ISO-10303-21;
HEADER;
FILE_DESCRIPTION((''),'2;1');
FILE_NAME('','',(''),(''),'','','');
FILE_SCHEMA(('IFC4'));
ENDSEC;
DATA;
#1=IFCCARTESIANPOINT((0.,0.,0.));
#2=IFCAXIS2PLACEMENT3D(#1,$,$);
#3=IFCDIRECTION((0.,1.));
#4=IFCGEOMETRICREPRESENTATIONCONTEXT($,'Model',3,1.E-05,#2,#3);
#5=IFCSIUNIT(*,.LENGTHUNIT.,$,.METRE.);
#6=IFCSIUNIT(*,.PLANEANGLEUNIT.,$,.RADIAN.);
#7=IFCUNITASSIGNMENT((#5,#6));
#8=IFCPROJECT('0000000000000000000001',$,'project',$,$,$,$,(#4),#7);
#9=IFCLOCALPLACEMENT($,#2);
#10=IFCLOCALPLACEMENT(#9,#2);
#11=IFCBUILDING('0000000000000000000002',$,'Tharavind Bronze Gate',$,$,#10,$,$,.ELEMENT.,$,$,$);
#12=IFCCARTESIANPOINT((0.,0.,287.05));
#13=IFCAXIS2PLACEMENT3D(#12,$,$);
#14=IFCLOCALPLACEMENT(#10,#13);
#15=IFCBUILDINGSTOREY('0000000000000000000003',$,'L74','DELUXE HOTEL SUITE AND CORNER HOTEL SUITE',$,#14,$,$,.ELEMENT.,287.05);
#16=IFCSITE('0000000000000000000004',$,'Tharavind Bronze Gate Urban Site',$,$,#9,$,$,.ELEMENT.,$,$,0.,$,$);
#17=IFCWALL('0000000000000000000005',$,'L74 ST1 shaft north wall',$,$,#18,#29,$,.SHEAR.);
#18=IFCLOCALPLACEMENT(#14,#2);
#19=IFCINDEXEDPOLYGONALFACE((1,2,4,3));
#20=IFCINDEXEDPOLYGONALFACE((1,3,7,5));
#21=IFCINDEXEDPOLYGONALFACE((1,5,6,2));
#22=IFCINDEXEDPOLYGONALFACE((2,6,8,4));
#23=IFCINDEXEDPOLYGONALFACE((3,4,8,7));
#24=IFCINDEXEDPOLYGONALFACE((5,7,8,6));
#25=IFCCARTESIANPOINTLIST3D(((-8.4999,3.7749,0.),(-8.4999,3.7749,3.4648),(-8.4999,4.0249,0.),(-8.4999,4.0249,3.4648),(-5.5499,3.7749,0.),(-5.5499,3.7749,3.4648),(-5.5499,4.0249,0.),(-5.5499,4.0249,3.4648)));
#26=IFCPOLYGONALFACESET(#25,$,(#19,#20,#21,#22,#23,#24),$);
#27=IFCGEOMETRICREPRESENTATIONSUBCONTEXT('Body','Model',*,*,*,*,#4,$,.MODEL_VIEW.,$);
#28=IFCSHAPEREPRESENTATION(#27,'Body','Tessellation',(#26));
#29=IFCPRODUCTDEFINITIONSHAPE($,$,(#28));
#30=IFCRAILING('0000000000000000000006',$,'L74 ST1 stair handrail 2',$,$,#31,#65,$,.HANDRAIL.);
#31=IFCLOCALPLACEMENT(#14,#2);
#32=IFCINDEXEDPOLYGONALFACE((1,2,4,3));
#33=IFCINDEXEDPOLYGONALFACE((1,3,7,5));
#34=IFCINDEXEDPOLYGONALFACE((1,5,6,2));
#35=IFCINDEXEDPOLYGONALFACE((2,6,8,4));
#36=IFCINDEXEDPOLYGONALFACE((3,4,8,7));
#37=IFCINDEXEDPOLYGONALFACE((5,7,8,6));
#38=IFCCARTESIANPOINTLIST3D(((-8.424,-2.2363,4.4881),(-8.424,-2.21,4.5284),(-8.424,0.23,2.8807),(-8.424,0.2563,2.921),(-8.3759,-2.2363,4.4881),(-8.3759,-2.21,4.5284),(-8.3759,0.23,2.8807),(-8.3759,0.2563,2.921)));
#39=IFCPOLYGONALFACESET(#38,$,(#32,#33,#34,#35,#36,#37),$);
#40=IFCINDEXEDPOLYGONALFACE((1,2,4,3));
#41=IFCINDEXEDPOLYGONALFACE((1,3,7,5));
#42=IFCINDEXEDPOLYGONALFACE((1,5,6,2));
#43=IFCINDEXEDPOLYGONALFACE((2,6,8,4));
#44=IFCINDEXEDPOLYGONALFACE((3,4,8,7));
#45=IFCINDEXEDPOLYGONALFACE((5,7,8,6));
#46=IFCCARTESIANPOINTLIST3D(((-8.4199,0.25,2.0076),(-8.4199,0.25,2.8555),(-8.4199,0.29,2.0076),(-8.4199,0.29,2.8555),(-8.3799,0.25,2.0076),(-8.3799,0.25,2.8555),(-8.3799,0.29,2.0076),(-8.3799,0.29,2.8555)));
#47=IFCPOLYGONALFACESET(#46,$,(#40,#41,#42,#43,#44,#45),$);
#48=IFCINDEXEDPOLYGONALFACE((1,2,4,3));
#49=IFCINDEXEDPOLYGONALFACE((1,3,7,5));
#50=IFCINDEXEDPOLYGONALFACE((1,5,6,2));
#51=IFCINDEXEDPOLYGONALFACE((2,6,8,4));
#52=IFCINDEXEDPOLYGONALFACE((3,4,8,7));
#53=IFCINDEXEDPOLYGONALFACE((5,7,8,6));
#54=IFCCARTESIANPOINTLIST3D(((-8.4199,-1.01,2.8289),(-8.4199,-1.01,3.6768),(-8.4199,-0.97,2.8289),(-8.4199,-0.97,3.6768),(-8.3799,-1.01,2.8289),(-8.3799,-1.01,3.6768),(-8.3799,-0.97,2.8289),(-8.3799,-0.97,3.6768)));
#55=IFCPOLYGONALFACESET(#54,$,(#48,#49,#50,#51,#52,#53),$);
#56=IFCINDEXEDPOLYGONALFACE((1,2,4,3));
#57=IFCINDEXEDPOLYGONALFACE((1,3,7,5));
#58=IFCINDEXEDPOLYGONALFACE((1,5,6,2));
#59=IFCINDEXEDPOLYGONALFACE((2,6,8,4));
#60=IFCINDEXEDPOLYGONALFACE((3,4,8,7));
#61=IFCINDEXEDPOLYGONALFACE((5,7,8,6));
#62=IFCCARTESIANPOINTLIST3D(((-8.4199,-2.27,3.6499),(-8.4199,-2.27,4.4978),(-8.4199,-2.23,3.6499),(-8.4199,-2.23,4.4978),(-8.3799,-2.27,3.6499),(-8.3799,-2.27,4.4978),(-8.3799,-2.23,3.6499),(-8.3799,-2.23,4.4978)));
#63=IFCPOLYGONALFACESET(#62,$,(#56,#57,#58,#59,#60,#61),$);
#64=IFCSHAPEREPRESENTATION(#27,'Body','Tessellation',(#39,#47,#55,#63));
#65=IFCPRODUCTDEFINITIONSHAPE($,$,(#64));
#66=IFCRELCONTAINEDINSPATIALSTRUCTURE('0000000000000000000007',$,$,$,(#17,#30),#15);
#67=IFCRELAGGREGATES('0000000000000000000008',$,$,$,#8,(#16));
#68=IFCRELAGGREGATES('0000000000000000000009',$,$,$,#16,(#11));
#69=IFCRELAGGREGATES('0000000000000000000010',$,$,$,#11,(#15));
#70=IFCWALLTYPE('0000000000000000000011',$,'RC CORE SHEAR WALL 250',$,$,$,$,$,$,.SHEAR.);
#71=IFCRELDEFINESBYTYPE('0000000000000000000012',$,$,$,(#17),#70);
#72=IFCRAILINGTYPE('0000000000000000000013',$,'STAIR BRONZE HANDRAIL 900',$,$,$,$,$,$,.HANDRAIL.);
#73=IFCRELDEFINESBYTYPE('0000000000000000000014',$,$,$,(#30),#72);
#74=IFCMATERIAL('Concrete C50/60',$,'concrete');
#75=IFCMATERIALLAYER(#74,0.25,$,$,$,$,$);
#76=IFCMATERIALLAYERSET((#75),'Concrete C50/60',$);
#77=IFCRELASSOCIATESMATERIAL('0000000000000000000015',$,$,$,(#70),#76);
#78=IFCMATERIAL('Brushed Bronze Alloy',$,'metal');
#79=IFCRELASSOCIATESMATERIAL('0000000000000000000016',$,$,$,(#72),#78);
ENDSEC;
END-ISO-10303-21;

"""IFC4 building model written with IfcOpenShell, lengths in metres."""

from ifc_helpers import new_model, si_unit, direction, frame, frame_2d, origin, origin_2d, place, context, subcontext, project, spatial, rectangle, extrude, material, layer, layer_set, type_object, element, save


model = new_model("IFC4")

# Units and contexts
model_context = context("Model", 3, precision=1e-05, world=origin(), true_north=direction((0.0, 1.0)))
body_context = subcontext(model_context, "Body", "Model", "MODEL_VIEW")
ifc_project = project(units=[si_unit("LENGTHUNIT", "METRE"), si_unit("PLANEANGLEUNIT", "RADIAN")], contexts=[model_context])

# Site, building, storey
site_placement = place(None, origin())
site = spatial("IfcSite", under=ifc_project, at=site_placement, Name="Tharavind Bronze Gate Urban Site", CompositionType="ELEMENT", RefElevation=0.0)
building_placement = place(site_placement, origin())
building = spatial("IfcBuilding", under=site, at=building_placement, Name="Tharavind Bronze Gate", CompositionType="ELEMENT")
storey_placement = place(building_placement, frame((0.0, 0.0, 287.05)))
storey = spatial("IfcBuildingStorey", under=building, at=storey_placement, Name="L74", Description="DELUXE HOTEL SUITE AND CORNER HOTEL SUITE", CompositionType="ELEMENT", Elevation=287.05)

# Shared definitions
ifc_material_1 = material(Name="Concrete C50/60", Category="concrete")

# Wall
ifc_layer_1 = layer(ifc_material_1, 0.25)
ifc_layer_set_1 = layer_set([ifc_layer_1], Name="Concrete C50/60")
wall_type_1 = type_object("IfcWallType", Name="RC CORE SHEAR WALL 250", PredefinedType="SHEAR", material=ifc_layer_set_1)
wall_1_placement = place(storey_placement, frame((-8.5, 3.8999, 0.0), z_axis=(0.0, 0.0, 1.0), x_axis=(1.0, 0.0, 0.0)))
element("IfcWall", 1, at=wall_1_placement, inside=storey, type_object=wall_type_1, Name="L74 ST1 shaft north wall", PredefinedType="SHEAR", context=body_context, shape_type="SweptSolid", body=[
    extrude(rectangle(XDim=2.95, YDim=0.25, at=frame_2d((1.4751, 0.0))), origin(), (0.0, 0.0, 1.0), 3.4648),
])

# Railing
ifc_material_2 = material(Name="Brushed Bronze Alloy", Category="metal")
railing_type = type_object("IfcRailingType", Name="STAIR BRONZE HANDRAIL 900", PredefinedType="HANDRAIL", material=ifc_material_2)
railing_placement = place(storey_placement, frame((-8.3999, 0.27, 2.0076)))
element("IfcRailing", 2, at=railing_placement, inside=storey, type_object=railing_type, Name="L74 ST1 stair handrail 2", PredefinedType="HANDRAIL", context=body_context, shape_type="SweptSolid", body=[
    extrude(rectangle(XDim=0.0481, YDim=0.0481, at=origin_2d()), frame((0.0, -0.0269, 0.8933), z_axis=(0.0, -0.837787, 0.545998), x_axis=(1.0, 0.0, 0.0)), (0.0, 0.0, 1.0), 2.9438),
    extrude(rectangle(XDim=0.04, YDim=0.04, at=origin_2d()), origin(), (0.0, 0.0, 1.0), 0.8479),
    extrude(rectangle(XDim=0.04, YDim=0.04, at=origin_2d()), frame((0.0, -1.26, 0.8213)), (0.0, 0.0, 1.0), 0.8479),
    extrude(rectangle(XDim=0.04, YDim=0.04, at=origin_2d()), frame((0.0, -2.52, 1.6423)), (0.0, 0.0, 1.0), 0.8479),
])

save(model, "model.ifc")
